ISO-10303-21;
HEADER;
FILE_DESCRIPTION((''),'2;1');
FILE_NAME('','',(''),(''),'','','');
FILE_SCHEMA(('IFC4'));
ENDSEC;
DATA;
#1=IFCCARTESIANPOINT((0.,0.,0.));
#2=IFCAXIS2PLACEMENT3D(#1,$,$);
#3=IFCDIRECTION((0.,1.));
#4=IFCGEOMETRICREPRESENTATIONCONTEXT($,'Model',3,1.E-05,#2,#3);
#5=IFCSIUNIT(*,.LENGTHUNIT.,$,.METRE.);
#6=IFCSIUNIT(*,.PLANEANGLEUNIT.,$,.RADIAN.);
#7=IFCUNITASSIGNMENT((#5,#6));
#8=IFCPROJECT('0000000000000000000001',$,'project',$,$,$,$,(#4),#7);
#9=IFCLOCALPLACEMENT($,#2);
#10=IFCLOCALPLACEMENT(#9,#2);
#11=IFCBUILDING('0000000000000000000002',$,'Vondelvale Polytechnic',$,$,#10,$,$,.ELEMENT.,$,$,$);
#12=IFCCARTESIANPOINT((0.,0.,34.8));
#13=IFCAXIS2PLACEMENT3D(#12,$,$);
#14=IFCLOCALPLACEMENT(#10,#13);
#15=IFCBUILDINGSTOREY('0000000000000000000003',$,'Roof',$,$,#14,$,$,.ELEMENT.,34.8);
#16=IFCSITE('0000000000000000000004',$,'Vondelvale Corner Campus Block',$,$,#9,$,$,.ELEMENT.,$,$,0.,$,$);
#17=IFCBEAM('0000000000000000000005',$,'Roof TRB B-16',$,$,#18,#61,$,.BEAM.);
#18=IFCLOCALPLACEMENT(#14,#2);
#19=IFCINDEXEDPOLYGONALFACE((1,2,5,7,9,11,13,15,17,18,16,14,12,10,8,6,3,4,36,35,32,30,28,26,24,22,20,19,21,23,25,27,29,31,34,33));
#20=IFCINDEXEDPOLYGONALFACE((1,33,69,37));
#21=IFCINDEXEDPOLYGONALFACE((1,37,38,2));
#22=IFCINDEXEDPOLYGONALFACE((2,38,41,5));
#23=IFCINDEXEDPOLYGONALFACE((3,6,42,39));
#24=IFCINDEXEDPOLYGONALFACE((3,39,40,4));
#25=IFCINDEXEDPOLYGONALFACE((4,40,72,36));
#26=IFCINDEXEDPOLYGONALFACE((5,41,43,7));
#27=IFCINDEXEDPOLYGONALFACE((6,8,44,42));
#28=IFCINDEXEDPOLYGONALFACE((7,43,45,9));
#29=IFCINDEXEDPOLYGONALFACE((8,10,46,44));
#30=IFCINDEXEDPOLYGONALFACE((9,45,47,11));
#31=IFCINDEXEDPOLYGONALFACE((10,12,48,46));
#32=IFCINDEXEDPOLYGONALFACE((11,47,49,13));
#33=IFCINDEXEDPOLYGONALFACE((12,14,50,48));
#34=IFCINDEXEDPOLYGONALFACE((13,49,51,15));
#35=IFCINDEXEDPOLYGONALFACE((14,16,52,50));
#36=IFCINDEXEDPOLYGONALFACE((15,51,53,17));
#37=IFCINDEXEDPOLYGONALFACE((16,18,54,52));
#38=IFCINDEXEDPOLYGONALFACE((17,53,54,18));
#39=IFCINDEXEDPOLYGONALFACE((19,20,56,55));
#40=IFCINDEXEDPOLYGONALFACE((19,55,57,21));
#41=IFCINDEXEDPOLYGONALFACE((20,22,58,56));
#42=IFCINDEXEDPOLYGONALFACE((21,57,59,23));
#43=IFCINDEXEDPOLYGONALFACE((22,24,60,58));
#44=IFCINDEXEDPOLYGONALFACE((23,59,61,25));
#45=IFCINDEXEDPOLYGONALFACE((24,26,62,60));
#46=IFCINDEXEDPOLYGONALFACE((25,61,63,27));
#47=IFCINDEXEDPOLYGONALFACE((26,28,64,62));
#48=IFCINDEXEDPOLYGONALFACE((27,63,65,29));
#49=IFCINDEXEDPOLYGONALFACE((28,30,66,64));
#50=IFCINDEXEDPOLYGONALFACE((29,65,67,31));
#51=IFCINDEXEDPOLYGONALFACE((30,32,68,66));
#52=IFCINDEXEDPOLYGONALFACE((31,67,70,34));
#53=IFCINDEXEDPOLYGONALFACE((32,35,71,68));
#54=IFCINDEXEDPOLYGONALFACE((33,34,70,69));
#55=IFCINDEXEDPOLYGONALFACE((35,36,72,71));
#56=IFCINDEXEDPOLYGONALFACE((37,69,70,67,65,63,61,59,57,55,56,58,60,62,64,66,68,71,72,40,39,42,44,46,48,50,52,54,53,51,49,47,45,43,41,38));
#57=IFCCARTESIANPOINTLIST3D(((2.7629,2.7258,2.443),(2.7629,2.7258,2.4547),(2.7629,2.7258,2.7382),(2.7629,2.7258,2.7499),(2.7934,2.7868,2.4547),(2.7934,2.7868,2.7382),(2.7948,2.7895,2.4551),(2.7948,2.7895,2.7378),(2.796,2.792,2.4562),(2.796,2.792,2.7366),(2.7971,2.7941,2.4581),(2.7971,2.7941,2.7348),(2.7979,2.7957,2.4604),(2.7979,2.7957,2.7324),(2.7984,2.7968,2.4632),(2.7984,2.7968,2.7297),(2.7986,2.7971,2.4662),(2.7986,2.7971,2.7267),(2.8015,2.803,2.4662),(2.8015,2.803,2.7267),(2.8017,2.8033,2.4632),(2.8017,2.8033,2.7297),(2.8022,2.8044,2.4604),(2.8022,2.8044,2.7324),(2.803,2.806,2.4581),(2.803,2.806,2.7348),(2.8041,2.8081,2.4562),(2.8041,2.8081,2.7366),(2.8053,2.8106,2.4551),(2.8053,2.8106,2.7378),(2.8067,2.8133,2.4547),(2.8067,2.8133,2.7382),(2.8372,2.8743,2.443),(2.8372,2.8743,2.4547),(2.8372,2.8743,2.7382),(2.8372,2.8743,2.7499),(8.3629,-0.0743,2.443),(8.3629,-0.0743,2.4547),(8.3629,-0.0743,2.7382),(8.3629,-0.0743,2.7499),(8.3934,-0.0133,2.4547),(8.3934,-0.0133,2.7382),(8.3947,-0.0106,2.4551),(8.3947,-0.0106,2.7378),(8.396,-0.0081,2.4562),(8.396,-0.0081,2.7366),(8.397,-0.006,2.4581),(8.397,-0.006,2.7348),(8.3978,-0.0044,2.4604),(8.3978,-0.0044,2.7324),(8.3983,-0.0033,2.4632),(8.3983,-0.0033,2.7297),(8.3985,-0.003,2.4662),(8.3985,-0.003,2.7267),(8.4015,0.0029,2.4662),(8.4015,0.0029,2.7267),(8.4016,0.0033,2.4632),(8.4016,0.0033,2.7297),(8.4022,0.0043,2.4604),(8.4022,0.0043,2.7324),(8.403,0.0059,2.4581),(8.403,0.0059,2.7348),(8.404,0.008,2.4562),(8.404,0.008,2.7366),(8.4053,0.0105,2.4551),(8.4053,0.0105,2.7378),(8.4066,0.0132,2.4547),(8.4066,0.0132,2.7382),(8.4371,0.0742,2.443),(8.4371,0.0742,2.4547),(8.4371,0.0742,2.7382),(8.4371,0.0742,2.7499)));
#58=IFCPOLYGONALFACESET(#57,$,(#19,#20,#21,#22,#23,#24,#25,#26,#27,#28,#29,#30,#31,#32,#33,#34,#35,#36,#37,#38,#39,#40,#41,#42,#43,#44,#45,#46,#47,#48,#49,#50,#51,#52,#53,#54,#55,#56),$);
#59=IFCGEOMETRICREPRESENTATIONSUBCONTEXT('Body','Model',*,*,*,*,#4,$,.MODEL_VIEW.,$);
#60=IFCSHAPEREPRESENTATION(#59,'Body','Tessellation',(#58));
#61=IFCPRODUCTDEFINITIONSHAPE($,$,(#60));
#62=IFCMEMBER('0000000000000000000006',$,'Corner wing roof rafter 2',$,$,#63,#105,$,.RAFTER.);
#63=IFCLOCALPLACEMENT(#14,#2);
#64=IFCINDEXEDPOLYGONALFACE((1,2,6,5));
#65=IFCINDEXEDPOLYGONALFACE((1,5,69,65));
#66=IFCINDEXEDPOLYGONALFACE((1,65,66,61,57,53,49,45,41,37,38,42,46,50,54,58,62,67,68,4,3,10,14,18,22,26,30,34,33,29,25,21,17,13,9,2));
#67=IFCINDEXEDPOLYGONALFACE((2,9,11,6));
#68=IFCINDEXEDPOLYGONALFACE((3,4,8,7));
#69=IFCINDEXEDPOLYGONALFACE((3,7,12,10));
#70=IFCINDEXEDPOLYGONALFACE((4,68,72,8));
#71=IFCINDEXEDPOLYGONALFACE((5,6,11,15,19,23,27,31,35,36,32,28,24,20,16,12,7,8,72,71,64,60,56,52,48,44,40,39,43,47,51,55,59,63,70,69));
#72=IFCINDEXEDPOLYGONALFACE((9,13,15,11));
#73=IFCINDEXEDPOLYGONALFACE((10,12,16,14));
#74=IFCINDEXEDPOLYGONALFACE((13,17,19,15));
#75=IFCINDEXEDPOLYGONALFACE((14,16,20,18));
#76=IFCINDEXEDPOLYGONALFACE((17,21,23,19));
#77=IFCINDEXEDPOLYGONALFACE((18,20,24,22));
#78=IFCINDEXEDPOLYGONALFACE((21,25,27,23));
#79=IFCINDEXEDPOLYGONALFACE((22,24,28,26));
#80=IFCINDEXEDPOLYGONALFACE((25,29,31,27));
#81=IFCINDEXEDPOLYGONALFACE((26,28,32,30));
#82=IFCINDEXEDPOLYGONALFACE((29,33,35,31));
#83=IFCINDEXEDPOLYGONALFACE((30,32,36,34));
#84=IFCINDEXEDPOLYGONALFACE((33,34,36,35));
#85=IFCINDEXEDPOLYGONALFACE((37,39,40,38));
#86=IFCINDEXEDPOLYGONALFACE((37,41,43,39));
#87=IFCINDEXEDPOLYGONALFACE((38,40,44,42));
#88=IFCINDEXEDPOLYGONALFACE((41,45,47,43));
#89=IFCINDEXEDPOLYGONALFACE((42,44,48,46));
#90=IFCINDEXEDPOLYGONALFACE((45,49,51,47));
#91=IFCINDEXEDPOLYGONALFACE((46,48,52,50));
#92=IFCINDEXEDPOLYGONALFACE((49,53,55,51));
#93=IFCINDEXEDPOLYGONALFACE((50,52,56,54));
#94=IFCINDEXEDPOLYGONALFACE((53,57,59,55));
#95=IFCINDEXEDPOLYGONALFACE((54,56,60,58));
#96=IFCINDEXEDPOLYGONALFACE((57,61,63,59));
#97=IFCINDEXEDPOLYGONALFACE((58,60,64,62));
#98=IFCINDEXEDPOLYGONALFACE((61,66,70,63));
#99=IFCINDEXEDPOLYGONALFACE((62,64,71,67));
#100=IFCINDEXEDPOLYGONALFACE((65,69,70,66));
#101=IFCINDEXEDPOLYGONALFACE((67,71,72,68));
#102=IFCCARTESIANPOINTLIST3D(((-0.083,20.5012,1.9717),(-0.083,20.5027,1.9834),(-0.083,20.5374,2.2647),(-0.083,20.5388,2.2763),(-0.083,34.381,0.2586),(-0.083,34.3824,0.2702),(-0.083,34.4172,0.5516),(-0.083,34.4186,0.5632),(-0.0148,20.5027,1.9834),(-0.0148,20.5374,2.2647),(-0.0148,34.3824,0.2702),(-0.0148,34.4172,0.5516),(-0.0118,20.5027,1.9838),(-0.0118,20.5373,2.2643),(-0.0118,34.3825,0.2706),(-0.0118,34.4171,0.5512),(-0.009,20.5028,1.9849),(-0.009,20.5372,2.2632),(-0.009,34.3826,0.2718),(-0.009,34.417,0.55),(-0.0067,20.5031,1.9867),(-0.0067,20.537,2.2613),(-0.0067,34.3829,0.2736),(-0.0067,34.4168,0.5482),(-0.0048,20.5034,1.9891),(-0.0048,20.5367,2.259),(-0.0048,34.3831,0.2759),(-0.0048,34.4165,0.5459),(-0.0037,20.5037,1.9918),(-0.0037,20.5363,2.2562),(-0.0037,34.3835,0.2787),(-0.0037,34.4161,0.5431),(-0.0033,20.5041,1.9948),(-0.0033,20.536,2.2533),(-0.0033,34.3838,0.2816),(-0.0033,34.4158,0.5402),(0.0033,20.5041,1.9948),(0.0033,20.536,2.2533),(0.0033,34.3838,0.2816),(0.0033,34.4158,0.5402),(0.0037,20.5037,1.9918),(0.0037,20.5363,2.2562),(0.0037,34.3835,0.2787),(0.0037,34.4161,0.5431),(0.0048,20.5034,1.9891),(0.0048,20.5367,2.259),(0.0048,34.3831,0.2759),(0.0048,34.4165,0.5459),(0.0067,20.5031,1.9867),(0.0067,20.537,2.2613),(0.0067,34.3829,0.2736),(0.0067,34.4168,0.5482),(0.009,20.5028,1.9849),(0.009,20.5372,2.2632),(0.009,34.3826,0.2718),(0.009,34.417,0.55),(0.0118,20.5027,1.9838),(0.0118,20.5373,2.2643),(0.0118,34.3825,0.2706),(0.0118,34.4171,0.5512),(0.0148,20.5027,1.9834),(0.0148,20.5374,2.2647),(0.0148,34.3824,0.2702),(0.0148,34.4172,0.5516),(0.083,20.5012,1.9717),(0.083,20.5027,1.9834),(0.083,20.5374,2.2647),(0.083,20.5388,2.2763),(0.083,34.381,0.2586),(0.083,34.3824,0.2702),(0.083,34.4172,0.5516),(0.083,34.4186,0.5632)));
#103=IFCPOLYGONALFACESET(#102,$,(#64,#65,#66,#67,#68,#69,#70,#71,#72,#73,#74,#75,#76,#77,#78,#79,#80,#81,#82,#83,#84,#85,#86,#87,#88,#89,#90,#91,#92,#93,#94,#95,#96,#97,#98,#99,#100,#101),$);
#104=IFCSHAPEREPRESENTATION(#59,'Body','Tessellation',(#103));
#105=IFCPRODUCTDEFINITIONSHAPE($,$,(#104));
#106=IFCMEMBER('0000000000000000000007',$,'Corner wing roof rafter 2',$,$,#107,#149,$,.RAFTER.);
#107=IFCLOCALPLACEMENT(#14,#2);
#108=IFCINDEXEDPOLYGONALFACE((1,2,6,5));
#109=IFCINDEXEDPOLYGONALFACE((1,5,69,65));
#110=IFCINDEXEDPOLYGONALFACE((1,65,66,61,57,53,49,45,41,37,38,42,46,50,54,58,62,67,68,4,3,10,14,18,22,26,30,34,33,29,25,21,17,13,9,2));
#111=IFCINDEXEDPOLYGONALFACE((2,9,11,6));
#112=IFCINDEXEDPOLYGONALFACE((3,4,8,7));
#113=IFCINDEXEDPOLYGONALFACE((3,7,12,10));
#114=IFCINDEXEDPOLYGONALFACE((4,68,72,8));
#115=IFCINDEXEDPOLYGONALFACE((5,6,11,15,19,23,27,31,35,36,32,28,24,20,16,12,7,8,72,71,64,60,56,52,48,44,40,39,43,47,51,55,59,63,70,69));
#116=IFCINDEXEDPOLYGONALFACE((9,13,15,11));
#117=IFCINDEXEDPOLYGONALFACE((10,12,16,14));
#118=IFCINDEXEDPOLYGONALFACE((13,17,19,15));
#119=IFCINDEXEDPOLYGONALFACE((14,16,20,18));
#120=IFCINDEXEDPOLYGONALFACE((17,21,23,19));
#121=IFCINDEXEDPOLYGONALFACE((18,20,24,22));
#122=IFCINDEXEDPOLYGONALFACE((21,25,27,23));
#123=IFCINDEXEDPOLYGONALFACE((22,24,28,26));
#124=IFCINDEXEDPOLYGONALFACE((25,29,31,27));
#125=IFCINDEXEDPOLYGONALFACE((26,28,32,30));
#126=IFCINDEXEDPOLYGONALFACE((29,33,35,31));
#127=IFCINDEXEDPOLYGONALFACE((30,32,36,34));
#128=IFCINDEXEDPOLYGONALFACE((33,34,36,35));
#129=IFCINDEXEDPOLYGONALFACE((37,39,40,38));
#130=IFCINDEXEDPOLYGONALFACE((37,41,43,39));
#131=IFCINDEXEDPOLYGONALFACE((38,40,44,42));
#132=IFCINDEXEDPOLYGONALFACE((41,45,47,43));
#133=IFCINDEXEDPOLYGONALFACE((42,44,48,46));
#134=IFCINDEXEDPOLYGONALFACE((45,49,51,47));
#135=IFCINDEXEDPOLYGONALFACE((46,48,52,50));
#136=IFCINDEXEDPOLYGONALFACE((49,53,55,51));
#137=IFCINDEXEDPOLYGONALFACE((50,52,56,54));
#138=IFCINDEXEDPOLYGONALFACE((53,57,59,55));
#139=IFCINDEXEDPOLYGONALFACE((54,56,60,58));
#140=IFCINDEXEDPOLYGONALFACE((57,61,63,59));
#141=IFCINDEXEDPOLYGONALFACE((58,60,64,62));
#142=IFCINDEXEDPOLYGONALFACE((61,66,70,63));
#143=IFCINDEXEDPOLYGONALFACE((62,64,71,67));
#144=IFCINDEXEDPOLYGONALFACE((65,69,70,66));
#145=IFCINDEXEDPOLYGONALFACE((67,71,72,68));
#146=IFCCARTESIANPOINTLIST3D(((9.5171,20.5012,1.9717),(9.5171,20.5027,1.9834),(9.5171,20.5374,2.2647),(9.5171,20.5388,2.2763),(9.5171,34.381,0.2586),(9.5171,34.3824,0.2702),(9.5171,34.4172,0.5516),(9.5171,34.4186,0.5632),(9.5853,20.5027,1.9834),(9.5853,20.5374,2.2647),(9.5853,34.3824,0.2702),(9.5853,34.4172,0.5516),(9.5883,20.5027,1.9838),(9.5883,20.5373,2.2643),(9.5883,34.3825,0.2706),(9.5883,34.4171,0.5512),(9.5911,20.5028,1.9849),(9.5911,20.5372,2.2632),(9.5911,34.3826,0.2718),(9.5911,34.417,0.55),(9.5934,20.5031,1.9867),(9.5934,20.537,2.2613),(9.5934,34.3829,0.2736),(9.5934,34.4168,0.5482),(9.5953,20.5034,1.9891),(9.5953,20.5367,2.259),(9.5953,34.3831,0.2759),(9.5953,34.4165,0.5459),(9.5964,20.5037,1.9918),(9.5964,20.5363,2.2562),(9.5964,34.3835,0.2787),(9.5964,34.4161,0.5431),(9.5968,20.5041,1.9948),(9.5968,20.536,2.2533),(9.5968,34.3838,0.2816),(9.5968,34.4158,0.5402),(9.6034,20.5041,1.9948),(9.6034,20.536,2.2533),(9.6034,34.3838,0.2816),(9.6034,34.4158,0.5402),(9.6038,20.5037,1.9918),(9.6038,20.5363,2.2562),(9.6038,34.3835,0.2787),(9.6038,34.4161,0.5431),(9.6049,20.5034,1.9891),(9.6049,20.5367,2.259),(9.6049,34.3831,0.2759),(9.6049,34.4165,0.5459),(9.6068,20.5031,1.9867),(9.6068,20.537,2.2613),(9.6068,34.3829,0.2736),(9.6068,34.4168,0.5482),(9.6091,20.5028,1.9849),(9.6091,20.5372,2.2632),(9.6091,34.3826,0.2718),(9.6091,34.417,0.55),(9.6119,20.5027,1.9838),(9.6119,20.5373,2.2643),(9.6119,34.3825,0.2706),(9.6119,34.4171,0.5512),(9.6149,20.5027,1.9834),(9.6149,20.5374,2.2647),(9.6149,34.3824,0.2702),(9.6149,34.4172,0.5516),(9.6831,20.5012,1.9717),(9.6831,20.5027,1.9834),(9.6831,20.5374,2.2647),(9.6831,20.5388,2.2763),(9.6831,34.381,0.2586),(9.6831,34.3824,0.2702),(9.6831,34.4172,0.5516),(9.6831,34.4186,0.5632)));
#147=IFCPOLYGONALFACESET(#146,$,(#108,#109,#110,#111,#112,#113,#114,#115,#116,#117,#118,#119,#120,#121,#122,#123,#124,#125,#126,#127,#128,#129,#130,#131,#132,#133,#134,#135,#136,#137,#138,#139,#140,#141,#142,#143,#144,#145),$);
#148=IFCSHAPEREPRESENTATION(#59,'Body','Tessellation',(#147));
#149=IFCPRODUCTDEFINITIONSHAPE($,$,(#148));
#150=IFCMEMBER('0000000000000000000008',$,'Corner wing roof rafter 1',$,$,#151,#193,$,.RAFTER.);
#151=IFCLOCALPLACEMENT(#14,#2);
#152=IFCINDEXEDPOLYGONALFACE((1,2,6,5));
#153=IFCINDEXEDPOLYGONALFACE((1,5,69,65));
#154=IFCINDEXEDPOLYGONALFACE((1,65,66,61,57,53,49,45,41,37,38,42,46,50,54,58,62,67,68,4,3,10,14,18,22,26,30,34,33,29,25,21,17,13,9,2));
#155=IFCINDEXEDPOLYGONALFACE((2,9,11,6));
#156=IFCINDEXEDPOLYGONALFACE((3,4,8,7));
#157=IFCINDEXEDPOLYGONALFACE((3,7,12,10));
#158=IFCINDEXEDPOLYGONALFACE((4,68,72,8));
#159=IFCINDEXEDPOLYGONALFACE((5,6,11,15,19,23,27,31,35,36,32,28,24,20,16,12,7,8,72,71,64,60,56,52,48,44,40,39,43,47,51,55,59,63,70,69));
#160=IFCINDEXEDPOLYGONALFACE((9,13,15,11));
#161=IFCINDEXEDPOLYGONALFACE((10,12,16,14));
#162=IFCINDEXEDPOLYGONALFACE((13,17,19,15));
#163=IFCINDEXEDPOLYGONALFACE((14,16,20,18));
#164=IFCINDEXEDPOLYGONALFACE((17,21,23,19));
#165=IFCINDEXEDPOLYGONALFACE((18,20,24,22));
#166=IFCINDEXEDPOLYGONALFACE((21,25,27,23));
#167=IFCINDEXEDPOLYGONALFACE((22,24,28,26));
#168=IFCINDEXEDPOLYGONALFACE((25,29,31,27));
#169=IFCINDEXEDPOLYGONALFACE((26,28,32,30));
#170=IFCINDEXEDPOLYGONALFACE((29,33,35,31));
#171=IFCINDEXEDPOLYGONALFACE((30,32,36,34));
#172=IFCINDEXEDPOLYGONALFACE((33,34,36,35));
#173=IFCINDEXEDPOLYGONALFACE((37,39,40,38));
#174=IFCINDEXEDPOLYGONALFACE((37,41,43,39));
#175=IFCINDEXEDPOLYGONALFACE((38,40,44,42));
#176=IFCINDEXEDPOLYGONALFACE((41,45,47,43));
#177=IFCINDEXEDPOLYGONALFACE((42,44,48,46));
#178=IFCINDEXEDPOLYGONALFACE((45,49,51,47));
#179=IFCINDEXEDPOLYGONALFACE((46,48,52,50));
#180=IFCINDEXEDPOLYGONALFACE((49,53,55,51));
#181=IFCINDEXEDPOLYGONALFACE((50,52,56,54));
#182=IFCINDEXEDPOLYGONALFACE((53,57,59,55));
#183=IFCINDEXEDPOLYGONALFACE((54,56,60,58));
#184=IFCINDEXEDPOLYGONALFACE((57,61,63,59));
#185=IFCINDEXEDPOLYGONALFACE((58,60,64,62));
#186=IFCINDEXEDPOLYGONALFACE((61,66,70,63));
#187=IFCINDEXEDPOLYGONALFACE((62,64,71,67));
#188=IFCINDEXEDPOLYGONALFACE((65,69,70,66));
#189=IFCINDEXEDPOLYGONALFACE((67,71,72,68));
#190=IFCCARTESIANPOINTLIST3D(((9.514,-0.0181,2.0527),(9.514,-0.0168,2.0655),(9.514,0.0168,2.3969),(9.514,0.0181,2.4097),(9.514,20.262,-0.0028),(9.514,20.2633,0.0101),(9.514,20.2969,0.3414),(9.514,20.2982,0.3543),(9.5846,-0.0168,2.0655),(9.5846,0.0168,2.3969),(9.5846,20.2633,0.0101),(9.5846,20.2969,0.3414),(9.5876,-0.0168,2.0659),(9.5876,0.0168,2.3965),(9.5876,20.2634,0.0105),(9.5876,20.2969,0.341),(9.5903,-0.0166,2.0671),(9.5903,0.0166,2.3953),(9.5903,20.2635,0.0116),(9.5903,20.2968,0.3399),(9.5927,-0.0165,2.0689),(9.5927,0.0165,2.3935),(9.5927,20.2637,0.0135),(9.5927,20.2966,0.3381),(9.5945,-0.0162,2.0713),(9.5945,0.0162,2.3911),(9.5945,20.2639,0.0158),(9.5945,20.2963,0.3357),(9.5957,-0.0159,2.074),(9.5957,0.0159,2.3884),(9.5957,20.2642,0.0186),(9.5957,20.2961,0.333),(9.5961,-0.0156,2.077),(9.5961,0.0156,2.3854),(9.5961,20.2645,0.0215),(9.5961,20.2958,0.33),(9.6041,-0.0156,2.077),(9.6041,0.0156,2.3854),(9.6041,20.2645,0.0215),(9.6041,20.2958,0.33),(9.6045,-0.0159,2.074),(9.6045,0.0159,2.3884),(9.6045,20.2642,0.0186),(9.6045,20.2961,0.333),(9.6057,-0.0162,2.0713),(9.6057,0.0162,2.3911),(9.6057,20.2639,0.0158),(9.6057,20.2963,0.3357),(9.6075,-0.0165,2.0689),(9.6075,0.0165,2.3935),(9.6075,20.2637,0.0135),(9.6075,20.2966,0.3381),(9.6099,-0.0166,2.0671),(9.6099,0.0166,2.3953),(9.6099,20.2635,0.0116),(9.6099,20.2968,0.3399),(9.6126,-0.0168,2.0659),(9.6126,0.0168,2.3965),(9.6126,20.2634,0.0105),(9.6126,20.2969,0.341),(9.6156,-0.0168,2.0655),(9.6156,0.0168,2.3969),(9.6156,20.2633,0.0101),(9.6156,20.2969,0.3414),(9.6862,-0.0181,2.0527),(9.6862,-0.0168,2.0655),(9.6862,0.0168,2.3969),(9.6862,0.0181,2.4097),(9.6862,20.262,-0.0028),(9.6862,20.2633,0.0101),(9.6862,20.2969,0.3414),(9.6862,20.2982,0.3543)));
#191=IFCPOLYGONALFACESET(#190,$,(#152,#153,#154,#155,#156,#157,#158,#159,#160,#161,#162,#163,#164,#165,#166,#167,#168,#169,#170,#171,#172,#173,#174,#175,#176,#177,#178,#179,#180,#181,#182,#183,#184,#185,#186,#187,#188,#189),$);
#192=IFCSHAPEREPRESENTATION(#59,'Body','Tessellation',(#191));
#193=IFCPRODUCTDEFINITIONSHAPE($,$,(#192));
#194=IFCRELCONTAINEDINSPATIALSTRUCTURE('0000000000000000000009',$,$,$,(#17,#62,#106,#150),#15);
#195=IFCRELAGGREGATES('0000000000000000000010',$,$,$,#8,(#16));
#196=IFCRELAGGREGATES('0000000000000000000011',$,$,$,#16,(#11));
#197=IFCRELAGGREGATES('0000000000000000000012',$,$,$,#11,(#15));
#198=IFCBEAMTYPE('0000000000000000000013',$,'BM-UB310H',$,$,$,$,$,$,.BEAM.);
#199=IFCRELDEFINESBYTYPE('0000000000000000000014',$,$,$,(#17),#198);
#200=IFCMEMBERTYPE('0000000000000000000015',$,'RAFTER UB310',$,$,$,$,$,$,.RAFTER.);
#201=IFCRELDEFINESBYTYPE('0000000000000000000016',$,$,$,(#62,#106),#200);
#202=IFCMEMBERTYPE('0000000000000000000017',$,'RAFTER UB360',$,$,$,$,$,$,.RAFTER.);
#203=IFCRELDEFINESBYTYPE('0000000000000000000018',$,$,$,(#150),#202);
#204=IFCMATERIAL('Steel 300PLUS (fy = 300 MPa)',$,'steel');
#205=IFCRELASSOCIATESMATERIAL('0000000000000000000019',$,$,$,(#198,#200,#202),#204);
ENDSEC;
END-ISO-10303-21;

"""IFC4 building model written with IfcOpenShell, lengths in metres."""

from ifc_helpers import new_model, si_unit, direction, frame, origin, origin_2d, place, context, subcontext, project, spatial, i_section, extrude, material, material_profile, profile_set, type_object, element, save


model = new_model("IFC4")

# Units and contexts
model_context = context("Model", 3, precision=1e-05, world=origin(), true_north=direction((0.0, 1.0)))
body_context = subcontext(model_context, "Body", "Model", "MODEL_VIEW")
ifc_project = project(units=[si_unit("LENGTHUNIT", "METRE"), si_unit("PLANEANGLEUNIT", "RADIAN")], contexts=[model_context])

# Site, building, storey
site_placement = place(None, origin())
site = spatial("IfcSite", under=ifc_project, at=site_placement, Name="Vondelvale Corner Campus Block", CompositionType="ELEMENT", RefElevation=0.0)
building_placement = place(site_placement, origin())
building = spatial("IfcBuilding", under=site, at=building_placement, Name="Vondelvale Polytechnic", CompositionType="ELEMENT")
storey_placement = place(building_placement, frame((0.0, 0.0, 34.8)))
storey = spatial("IfcBuildingStorey", under=building, at=storey_placement, Name="Roof", CompositionType="ELEMENT", Elevation=34.8)

# Beam
ifc_material_1 = material(Name="Steel 300PLUS (fy = 300 MPa)", Category="steel")
ifc_material_profile_1 = material_profile(ifc_material_1, i_section(OverallWidth=0.166, OverallDepth=0.3069, WebThickness=0.0066, FlangeThickness=0.0117, FilletRadius=0.0115, at=origin_2d()), Name="310UB46.2")
ifc_profile_set_1 = profile_set([ifc_material_profile_1], Name="Steel 300PLUS (fy = 300 MPa)")
beam_type_1 = type_object("IfcBeamType", Name="BM-UB310H", PredefinedType="BEAM", material=ifc_profile_set_1)
for number, where, z_axis, x_axis, name in (
    (1, (2.8, 2.8, 2.5964), (0.894419, -0.447229, 0.0), (0.447229, 0.894419, 0.0), "Roof TRB B-16"),
):
    element("IfcBeam", number, at=place(storey_placement, frame(where, z_axis=z_axis, x_axis=x_axis)), inside=storey, type_object=beam_type_1, Name=name, PredefinedType="BEAM", context=body_context, shape_type="SweptSolid", body=[
        extrude(i_section(OverallWidth=0.166, OverallDepth=0.3069, WebThickness=0.0066, FlangeThickness=0.0117, FilletRadius=0.0115, at=origin_2d()), origin(), (0.0, 0.0, 1.0), 6.261),
    ])

# Members
ifc_material_profile_2 = material_profile(ifc_material_1, i_section(OverallWidth=0.166, OverallDepth=0.3069, WebThickness=0.0066, FlangeThickness=0.0117, FilletRadius=0.0115, at=origin_2d()), Name="310UB46.2")
ifc_profile_set_2 = profile_set([ifc_material_profile_2], Name="Steel 300PLUS (fy = 300 MPa)")
member_type_1 = type_object("IfcMemberType", Name="RAFTER UB310", PredefinedType="RAFTER", material=ifc_profile_set_2)
for number, where, z_axis, x_axis, name in (
    (2, (0.0, 20.52, 2.124), (0.0, 0.992469, -0.122496), (-1.0, 0.0, 0.0), "Corner wing roof rafter 2"),
    (3, (9.6001, 20.52, 2.124), (0.0, 0.992469, -0.122496), (-1.0, 0.0, 0.0), "Corner wing roof rafter 2"),
):
    element("IfcMember", number, at=place(storey_placement, frame(where, z_axis=z_axis, x_axis=x_axis)), inside=storey, type_object=member_type_1, Name=name, PredefinedType="RAFTER", context=body_context, shape_type="SweptSolid", body=[
        extrude(i_section(OverallWidth=0.166, OverallDepth=0.3069, WebThickness=0.0066, FlangeThickness=0.0117, FilletRadius=0.0115, at=origin_2d()), origin(), (0.0, 0.0, 1.0), 13.9851),
    ])
ifc_material_profile_3 = material_profile(ifc_material_1, i_section(OverallWidth=0.1721, OverallDepth=0.3589, WebThickness=0.0081, FlangeThickness=0.0129, FilletRadius=0.0115, at=origin_2d()), Name="360UB56.7")
ifc_profile_set_3 = profile_set([ifc_material_profile_3], Name="Steel 300PLUS (fy = 300 MPa)")
member_type_2 = type_object("IfcMemberType", Name="RAFTER UB360", PredefinedType="RAFTER", material=ifc_profile_set_3)
member_1_placement = place(storey_placement, frame((9.6001, 0.0, 2.2312), z_axis=(0.0, 0.994903, -0.100835), x_axis=(-1.0, 0.0, 0.0)))
element("IfcMember", 4, at=member_1_placement, inside=storey, type_object=member_type_2, Name="Corner wing roof rafter 1", PredefinedType="RAFTER", context=body_context, shape_type="SweptSolid", body=[
    extrude(i_section(OverallWidth=0.1721, OverallDepth=0.3589, WebThickness=0.0081, FlangeThickness=0.0129, FilletRadius=0.0115, at=origin_2d()), origin(), (0.0, 0.0, 1.0), 20.384),
])

save(model, "model.ifc")
